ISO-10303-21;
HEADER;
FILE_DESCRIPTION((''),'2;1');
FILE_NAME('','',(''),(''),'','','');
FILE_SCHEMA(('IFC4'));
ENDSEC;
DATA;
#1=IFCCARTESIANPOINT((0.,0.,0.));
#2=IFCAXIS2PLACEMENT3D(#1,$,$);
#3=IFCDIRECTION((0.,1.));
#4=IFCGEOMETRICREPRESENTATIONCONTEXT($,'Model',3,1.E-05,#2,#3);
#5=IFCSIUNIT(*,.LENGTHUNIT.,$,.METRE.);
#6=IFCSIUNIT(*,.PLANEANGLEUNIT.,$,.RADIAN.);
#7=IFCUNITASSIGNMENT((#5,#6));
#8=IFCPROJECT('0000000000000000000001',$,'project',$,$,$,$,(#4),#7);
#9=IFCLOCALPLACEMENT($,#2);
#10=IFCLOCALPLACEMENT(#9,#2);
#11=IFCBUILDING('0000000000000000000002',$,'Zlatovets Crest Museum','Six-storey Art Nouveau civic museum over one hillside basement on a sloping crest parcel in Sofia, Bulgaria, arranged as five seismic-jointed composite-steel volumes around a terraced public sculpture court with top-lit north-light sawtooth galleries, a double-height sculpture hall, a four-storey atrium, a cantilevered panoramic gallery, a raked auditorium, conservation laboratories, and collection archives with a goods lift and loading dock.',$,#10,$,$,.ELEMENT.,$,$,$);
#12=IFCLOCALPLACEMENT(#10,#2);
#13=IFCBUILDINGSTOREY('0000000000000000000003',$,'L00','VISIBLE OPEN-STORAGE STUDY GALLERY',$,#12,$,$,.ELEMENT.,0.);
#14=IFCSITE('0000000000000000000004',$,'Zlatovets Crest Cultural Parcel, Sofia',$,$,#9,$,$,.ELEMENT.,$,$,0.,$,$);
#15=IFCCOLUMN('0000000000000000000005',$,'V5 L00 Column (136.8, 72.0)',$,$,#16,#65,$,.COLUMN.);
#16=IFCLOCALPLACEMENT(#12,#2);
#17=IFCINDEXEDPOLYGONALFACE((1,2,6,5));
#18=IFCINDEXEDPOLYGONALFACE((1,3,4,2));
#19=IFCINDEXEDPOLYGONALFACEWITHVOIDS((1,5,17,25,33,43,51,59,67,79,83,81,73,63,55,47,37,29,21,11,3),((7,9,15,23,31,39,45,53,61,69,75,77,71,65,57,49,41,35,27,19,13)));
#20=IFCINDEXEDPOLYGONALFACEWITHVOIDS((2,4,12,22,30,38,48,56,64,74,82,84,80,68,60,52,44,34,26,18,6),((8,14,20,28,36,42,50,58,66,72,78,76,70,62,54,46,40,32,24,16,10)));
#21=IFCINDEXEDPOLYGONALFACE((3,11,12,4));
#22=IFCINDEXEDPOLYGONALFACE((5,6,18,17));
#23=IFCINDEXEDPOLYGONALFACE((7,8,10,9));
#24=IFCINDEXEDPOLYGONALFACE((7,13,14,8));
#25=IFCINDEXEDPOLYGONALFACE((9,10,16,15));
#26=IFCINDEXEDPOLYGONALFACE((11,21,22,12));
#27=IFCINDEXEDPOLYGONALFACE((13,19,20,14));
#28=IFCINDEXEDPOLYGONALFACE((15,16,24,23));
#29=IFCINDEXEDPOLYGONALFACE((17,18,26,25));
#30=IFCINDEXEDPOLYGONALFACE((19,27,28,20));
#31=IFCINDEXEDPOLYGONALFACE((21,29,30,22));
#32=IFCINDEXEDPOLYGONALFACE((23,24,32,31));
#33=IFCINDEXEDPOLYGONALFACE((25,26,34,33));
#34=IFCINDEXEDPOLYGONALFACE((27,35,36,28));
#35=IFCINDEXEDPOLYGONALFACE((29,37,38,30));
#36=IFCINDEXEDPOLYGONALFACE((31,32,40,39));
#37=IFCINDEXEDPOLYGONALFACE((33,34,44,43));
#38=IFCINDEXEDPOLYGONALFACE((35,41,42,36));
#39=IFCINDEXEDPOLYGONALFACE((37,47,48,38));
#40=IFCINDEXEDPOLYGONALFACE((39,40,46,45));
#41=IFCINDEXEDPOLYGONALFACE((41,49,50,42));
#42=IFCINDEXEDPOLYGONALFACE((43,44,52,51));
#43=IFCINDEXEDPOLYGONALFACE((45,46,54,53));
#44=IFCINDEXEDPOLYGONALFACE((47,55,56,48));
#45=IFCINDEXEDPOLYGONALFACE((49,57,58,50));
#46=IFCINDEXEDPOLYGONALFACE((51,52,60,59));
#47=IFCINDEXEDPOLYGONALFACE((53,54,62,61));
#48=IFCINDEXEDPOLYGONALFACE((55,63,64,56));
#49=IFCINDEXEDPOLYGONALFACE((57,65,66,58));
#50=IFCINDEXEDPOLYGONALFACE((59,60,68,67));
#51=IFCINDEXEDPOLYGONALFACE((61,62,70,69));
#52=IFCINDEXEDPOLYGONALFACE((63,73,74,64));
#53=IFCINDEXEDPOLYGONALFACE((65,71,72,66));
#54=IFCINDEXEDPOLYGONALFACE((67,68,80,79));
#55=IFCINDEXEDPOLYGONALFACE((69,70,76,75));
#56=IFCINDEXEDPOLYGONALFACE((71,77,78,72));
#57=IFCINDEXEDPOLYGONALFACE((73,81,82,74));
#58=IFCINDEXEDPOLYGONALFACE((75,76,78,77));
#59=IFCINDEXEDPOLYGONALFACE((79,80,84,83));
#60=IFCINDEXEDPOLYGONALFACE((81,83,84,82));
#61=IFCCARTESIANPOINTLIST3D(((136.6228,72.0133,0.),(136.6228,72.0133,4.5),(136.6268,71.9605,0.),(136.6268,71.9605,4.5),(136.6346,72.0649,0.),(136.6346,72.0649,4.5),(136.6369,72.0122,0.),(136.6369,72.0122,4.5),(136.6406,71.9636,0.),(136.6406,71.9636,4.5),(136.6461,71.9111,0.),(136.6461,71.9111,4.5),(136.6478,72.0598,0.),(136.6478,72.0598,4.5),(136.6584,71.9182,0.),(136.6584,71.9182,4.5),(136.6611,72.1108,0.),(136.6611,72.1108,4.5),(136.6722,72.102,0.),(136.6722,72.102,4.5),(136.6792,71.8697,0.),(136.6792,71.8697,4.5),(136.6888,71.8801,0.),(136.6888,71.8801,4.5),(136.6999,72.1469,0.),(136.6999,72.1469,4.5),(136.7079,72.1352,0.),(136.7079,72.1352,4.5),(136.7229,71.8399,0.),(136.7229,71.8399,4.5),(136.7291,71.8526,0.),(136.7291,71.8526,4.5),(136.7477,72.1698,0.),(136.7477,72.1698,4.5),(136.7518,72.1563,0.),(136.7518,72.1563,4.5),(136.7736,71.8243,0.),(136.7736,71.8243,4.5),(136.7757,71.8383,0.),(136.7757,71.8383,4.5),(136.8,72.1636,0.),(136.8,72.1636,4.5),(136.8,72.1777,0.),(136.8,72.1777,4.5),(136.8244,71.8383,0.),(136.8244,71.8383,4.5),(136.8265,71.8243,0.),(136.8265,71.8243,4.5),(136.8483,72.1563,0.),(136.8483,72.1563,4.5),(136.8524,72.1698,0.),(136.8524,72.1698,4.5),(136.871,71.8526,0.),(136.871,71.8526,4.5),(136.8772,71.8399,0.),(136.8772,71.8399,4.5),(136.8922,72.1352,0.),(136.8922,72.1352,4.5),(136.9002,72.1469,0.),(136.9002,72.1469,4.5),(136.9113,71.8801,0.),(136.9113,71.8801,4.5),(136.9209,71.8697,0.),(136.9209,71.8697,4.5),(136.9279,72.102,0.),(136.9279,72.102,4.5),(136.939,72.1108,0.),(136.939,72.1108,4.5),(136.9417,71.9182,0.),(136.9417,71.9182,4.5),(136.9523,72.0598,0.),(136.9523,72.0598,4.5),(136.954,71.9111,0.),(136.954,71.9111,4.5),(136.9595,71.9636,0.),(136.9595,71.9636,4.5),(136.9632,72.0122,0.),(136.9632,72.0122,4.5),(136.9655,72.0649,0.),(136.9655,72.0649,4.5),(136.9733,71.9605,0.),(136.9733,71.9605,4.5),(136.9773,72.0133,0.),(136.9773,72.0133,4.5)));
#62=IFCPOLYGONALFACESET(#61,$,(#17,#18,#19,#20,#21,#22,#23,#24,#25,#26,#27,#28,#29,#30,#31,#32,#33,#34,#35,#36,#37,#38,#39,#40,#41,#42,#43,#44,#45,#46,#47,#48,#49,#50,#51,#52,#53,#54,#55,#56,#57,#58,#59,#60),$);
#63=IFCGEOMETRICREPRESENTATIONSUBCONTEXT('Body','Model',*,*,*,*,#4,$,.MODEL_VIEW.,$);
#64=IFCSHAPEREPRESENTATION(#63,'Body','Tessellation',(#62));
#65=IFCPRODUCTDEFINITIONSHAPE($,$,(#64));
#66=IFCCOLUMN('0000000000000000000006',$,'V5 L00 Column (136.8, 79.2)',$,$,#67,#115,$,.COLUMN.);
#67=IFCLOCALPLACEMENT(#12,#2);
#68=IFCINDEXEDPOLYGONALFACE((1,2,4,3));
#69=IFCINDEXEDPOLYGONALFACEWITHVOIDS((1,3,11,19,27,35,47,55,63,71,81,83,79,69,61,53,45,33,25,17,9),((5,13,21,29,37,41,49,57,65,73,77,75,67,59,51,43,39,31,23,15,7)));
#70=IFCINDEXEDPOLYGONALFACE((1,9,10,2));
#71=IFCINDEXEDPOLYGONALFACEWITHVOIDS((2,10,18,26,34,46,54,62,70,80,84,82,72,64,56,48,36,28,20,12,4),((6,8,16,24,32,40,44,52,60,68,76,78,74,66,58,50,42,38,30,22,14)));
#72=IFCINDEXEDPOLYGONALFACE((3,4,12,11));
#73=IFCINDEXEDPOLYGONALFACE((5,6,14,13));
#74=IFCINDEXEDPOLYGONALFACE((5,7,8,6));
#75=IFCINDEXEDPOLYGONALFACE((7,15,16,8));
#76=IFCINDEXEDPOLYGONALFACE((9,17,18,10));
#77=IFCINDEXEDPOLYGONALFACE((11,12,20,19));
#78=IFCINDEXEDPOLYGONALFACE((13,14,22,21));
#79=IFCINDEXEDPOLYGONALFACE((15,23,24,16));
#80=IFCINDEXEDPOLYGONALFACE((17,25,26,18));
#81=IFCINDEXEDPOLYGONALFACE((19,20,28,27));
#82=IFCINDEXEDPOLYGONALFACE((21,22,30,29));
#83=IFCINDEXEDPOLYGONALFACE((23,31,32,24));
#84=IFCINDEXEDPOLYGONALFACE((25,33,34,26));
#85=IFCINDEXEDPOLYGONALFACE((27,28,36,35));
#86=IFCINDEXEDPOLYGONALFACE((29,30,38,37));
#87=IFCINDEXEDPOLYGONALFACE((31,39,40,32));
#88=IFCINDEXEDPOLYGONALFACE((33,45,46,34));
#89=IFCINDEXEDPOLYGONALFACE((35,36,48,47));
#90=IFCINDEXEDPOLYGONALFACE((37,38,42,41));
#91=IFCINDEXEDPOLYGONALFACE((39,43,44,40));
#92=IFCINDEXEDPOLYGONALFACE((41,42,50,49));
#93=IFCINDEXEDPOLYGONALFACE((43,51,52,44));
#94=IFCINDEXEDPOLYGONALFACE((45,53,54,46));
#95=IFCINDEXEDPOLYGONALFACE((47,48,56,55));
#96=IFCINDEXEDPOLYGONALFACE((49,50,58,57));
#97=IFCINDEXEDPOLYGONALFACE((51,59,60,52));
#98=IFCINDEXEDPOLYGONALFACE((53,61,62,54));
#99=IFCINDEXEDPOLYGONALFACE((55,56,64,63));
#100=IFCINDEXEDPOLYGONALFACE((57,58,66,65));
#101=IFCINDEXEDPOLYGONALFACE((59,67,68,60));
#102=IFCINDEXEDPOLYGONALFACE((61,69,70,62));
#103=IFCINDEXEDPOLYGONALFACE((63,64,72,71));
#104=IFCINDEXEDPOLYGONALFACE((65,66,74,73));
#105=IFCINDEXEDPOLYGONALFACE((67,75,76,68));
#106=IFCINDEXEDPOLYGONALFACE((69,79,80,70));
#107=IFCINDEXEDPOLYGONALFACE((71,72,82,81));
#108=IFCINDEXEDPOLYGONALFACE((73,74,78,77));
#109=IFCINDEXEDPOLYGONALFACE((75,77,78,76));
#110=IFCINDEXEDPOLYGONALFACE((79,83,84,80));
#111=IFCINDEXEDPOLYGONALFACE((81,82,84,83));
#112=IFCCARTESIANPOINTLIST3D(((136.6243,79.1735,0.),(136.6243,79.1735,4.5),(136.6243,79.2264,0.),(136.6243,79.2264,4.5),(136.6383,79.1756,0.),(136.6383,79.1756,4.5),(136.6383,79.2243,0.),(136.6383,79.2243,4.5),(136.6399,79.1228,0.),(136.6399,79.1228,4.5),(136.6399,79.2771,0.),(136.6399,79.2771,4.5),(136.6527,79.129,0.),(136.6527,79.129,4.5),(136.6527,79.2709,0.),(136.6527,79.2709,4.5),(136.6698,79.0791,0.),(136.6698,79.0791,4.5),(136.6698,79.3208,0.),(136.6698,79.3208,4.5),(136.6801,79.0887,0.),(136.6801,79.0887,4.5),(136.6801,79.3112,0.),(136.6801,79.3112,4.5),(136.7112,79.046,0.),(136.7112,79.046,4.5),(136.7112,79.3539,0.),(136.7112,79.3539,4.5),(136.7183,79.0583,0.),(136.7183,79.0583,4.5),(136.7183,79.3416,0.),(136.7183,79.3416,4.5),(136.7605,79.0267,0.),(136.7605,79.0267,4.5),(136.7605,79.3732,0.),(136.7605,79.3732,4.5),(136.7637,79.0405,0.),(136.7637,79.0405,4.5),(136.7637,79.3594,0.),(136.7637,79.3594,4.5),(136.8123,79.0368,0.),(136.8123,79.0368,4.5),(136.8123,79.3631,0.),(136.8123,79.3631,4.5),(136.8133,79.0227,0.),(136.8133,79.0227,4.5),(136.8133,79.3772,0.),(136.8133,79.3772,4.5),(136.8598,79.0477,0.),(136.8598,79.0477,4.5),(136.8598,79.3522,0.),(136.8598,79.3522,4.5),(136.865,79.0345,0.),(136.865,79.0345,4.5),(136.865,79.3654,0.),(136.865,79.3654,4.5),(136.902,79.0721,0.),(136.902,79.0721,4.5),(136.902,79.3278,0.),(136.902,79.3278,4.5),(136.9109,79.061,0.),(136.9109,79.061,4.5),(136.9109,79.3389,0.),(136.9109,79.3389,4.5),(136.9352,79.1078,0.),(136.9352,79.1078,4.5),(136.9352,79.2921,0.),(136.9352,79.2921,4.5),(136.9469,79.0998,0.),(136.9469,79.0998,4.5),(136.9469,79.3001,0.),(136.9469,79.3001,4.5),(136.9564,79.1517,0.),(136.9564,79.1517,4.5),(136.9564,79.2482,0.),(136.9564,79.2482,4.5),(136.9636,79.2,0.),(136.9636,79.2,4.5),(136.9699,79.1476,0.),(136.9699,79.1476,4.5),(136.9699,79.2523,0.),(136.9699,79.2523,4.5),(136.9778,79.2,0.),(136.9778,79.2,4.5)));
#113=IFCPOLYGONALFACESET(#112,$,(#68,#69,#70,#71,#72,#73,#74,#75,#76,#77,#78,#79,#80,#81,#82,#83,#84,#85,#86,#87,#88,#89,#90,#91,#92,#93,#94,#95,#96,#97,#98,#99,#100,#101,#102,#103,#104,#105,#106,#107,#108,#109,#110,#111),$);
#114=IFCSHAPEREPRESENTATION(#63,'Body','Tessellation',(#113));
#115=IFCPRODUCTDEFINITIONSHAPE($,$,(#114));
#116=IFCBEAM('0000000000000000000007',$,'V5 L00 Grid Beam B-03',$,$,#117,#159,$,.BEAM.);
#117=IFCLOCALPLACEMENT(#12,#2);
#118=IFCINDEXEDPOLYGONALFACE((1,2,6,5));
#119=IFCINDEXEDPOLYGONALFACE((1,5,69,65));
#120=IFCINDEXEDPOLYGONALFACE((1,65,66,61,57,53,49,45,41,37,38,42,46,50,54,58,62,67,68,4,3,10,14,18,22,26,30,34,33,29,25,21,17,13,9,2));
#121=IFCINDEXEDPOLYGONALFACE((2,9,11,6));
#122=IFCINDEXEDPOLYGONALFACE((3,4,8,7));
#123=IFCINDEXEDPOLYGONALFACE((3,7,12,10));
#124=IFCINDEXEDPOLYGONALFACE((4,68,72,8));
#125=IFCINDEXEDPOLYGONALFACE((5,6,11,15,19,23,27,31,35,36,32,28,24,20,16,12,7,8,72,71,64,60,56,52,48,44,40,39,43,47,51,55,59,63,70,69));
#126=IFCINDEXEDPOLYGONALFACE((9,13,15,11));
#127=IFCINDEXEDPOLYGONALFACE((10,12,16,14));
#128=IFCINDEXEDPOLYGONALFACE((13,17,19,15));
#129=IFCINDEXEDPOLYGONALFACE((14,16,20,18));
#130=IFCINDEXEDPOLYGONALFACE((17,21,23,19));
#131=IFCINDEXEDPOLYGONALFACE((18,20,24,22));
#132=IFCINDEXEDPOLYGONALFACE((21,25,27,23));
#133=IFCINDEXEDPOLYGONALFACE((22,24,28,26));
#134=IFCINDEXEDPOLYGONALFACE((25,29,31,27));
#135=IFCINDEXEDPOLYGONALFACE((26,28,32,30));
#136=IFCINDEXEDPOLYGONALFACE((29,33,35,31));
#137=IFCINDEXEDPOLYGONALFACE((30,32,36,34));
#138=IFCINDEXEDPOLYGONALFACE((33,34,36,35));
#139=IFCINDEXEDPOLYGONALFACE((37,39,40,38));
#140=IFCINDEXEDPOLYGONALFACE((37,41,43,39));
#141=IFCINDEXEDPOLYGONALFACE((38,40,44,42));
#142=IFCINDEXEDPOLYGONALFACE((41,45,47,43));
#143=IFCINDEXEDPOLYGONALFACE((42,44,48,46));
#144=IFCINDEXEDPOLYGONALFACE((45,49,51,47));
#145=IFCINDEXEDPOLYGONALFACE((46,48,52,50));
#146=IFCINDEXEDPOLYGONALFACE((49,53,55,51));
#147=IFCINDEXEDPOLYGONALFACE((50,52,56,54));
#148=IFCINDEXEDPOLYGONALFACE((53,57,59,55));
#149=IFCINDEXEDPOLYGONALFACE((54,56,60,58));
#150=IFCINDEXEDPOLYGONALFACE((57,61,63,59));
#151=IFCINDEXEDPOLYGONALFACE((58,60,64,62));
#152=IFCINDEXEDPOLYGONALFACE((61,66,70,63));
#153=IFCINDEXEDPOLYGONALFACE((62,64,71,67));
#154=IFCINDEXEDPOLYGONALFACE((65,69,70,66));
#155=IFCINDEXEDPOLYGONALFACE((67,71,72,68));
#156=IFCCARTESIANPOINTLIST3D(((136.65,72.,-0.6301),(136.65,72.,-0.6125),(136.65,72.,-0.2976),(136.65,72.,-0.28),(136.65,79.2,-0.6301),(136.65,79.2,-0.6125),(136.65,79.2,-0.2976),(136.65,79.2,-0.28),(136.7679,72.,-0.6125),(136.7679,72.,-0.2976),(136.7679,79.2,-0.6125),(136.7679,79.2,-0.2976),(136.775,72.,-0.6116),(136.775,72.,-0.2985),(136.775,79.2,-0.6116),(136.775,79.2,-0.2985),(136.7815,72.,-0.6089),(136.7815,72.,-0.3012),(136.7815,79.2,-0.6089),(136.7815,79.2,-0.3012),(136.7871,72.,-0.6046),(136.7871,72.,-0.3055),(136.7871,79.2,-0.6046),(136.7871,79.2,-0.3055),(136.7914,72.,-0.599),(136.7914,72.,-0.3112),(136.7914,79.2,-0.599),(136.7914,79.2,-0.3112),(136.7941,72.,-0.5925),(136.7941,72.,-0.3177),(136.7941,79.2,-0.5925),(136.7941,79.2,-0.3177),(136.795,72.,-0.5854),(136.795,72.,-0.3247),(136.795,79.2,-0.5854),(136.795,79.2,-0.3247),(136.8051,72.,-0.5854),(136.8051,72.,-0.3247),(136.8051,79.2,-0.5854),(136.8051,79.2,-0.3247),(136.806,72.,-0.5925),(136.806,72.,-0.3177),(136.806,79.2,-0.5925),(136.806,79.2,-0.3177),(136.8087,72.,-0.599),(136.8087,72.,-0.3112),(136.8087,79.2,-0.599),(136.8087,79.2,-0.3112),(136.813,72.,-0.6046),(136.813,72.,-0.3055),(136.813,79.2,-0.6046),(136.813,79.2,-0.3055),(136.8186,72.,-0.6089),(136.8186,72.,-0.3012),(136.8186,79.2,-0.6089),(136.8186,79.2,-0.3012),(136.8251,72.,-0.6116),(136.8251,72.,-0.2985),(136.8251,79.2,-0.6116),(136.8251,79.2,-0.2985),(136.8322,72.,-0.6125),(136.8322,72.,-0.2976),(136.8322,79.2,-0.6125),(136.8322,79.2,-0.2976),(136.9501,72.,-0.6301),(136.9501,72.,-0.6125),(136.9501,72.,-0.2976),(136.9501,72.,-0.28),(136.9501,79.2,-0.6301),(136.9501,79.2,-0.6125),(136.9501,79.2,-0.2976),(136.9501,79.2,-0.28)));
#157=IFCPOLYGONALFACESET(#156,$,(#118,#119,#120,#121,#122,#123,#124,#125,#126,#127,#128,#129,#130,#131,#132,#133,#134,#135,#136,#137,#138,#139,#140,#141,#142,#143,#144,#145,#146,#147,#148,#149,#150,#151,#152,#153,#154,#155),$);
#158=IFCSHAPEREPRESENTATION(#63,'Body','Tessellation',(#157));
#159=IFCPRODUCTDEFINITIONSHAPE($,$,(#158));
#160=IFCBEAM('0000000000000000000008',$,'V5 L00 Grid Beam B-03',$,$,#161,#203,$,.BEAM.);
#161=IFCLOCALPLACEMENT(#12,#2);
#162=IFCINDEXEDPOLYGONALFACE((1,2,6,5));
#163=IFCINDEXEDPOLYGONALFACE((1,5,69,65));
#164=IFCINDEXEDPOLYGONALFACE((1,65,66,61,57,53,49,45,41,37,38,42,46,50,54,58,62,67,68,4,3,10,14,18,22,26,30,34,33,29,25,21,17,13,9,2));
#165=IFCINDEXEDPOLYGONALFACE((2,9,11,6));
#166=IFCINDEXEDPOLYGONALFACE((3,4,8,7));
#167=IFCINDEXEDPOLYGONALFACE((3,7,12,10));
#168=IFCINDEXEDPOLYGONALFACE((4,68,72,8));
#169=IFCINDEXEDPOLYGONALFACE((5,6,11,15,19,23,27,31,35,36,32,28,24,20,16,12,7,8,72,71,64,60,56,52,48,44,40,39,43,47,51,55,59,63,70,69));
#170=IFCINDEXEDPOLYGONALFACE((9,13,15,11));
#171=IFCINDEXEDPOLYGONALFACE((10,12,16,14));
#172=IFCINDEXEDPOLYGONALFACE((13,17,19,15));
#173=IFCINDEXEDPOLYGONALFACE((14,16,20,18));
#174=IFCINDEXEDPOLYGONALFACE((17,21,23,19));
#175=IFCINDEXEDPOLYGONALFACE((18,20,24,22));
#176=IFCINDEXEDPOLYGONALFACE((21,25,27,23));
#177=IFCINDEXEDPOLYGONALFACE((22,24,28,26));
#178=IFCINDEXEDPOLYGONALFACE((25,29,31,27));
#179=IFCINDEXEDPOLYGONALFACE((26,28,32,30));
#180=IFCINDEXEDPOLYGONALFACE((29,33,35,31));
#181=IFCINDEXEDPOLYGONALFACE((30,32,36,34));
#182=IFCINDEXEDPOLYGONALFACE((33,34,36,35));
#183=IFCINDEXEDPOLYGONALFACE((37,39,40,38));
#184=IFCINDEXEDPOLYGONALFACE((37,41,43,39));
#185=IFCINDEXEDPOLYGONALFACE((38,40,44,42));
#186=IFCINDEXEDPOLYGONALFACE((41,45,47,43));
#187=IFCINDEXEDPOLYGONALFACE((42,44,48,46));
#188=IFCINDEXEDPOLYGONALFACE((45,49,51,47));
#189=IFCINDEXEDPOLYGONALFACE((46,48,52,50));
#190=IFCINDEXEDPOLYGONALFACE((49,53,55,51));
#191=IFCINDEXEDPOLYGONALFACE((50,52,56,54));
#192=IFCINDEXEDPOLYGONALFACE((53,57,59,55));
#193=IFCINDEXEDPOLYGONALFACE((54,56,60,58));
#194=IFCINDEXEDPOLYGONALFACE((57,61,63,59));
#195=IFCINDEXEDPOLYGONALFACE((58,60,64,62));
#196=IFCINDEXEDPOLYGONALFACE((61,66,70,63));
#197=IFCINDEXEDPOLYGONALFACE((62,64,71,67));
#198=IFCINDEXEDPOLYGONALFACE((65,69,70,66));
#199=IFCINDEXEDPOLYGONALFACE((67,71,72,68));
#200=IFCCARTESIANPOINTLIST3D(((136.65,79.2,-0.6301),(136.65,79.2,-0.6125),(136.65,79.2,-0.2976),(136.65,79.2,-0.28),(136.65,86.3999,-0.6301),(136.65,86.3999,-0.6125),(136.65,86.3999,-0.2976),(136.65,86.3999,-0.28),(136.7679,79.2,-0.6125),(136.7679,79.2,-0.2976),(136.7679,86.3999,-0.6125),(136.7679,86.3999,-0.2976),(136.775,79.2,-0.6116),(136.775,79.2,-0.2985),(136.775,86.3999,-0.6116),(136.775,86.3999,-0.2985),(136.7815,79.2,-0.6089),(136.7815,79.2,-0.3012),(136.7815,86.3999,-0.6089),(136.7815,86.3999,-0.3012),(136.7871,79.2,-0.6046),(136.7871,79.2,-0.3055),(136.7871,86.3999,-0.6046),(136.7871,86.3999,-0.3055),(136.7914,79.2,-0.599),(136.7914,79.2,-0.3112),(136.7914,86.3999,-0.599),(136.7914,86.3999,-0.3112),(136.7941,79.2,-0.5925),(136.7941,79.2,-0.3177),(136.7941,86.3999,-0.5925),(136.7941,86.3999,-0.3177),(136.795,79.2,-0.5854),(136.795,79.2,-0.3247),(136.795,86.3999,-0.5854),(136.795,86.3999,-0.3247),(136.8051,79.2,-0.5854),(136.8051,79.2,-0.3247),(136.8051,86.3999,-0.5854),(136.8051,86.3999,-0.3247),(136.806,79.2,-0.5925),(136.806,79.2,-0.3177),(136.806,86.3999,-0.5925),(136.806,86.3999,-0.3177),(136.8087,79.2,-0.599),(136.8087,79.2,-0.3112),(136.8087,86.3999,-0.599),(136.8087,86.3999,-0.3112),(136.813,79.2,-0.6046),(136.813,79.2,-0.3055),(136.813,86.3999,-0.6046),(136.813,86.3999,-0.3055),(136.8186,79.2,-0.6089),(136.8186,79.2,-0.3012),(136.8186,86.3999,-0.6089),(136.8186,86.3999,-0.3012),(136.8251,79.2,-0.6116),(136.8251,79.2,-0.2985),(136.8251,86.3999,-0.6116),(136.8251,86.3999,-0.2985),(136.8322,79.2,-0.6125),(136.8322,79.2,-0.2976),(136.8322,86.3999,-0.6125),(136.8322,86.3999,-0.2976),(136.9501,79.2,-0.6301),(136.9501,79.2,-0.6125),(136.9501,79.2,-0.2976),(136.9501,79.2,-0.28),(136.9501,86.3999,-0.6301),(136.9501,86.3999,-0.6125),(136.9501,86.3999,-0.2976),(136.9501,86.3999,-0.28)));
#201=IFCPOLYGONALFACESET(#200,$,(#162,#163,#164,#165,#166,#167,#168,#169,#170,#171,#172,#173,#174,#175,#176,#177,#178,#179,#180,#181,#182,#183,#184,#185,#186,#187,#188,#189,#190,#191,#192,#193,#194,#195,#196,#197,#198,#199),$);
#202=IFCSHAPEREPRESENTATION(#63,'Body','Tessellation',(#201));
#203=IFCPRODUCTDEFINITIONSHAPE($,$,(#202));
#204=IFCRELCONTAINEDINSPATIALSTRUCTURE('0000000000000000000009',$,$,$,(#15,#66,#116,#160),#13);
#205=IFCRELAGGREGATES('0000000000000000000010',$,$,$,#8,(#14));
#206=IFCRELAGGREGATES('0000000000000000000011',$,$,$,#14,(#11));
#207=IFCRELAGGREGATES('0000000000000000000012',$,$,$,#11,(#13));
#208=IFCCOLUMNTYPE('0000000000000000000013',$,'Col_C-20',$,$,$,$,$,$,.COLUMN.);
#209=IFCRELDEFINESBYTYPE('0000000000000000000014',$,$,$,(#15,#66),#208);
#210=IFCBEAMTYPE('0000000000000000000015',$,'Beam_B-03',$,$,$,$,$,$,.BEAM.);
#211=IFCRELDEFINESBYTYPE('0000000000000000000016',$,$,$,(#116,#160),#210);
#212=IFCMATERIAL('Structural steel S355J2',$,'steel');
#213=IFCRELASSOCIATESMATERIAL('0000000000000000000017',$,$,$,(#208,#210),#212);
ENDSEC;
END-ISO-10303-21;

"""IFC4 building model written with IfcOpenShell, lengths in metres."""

from ifc_helpers import new_model, si_unit, direction, frame, origin, origin_2d, place, context, subcontext, project, spatial, hollow_circle, i_section, extrude, material, material_profile, profile_set, type_object, element, save


model = new_model("IFC4")

# Units and contexts
model_context = context("Model", 3, precision=1e-05, world=origin(), true_north=direction((0.0, 1.0)))
body_context = subcontext(model_context, "Body", "Model", "MODEL_VIEW")
ifc_project = project(units=[si_unit("LENGTHUNIT", "METRE"), si_unit("PLANEANGLEUNIT", "RADIAN")], contexts=[model_context])

# Site, building, storey
site_placement = place(None, origin())
site = spatial("IfcSite", under=ifc_project, at=site_placement, Name="Zlatovets Crest Cultural Parcel, Sofia", CompositionType="ELEMENT", RefElevation=0.0)
building_placement = place(site_placement, origin())
building = spatial("IfcBuilding", under=site, at=building_placement, Name="Zlatovets Crest Museum", Description="Six-storey Art Nouveau civic museum over one hillside basement on a sloping crest parcel in Sofia, Bulgaria, arranged as five seismic-jointed composite-steel volumes around a terraced public sculpture court with top-lit north-light sawtooth galleries, a double-height sculpture hall, a four-storey atrium, a cantilevered panoramic gallery, a raked auditorium, conservation laboratories, and collection archives with a goods lift and loading dock.", CompositionType="ELEMENT")
storey_placement = place(building_placement, origin())
storey = spatial("IfcBuildingStorey", under=building, at=storey_placement, Name="L00", Description="VISIBLE OPEN-STORAGE STUDY GALLERY", CompositionType="ELEMENT", Elevation=0.0)

# Columns
ifc_material_1 = material(Name="Structural steel S355J2", Category="steel")
ifc_material_profile_1 = material_profile(ifc_material_1, hollow_circle(Radius=0.1777, WallThickness=0.0142, at=origin_2d()), Name="CHS 355.6x14.2")
ifc_profile_set_1 = profile_set([ifc_material_profile_1], Name="Structural steel S355J2")
column_type = type_object("IfcColumnType", Name="Col_C-20", PredefinedType="COLUMN", material=ifc_profile_set_1)
for number, where, z_axis, x_axis, name in (
    (1, (136.8, 72.0, 0.0), (0.0, 0.0, 1.0), (0.0, 1.0, 0.0), "V5 L00 Column (136.8, 72.0)"),
    (2, (136.8, 79.2, 0.0), (0.0, 0.0, 1.0), (1.0, 0.0, 0.0), "V5 L00 Column (136.8, 79.2)"),
):
    element("IfcColumn", number, at=place(storey_placement, frame(where, z_axis=z_axis, x_axis=x_axis)), inside=storey, type_object=column_type, Name=name, PredefinedType="COLUMN", context=body_context, shape_type="SweptSolid", body=[
        extrude(hollow_circle(Radius=0.1777, WallThickness=0.0142, at=origin_2d()), origin(), (0.0, 0.0, 1.0), 4.5),
    ])

# Beams
ifc_material_profile_2 = material_profile(ifc_material_1, i_section(OverallWidth=0.3, OverallDepth=0.3501, WebThickness=0.01, FlangeThickness=0.0176, FilletRadius=0.0271, at=origin_2d()), Name="HEA 360")
ifc_profile_set_2 = profile_set([ifc_material_profile_2], Name="Structural steel S355J2")
beam_type_1 = type_object("IfcBeamType", Name="Beam_B-03", PredefinedType="BEAM", material=ifc_profile_set_2)
for number, where, z_axis, x_axis, name in (
    (3, (136.8, 72.0, -0.4551), (0.0, 1.0, 0.0), (-1.0, 0.0, 0.0), "V5 L00 Grid Beam B-03"),
    (4, (136.8, 79.2, -0.4551), (0.0, 1.0, 0.0), (-1.0, 0.0, 0.0), "V5 L00 Grid Beam B-03"),
):
    element("IfcBeam", number, at=place(storey_placement, frame(where, z_axis=z_axis, x_axis=x_axis)), inside=storey, type_object=beam_type_1, Name=name, PredefinedType="BEAM", context=body_context, shape_type="SweptSolid", body=[
        extrude(i_section(OverallWidth=0.3, OverallDepth=0.3501, WebThickness=0.01, FlangeThickness=0.0176, FilletRadius=0.0271, at=origin_2d()), origin(), (0.0, 0.0, 1.0), 7.2),
    ])

save(model, "model.ifc")
